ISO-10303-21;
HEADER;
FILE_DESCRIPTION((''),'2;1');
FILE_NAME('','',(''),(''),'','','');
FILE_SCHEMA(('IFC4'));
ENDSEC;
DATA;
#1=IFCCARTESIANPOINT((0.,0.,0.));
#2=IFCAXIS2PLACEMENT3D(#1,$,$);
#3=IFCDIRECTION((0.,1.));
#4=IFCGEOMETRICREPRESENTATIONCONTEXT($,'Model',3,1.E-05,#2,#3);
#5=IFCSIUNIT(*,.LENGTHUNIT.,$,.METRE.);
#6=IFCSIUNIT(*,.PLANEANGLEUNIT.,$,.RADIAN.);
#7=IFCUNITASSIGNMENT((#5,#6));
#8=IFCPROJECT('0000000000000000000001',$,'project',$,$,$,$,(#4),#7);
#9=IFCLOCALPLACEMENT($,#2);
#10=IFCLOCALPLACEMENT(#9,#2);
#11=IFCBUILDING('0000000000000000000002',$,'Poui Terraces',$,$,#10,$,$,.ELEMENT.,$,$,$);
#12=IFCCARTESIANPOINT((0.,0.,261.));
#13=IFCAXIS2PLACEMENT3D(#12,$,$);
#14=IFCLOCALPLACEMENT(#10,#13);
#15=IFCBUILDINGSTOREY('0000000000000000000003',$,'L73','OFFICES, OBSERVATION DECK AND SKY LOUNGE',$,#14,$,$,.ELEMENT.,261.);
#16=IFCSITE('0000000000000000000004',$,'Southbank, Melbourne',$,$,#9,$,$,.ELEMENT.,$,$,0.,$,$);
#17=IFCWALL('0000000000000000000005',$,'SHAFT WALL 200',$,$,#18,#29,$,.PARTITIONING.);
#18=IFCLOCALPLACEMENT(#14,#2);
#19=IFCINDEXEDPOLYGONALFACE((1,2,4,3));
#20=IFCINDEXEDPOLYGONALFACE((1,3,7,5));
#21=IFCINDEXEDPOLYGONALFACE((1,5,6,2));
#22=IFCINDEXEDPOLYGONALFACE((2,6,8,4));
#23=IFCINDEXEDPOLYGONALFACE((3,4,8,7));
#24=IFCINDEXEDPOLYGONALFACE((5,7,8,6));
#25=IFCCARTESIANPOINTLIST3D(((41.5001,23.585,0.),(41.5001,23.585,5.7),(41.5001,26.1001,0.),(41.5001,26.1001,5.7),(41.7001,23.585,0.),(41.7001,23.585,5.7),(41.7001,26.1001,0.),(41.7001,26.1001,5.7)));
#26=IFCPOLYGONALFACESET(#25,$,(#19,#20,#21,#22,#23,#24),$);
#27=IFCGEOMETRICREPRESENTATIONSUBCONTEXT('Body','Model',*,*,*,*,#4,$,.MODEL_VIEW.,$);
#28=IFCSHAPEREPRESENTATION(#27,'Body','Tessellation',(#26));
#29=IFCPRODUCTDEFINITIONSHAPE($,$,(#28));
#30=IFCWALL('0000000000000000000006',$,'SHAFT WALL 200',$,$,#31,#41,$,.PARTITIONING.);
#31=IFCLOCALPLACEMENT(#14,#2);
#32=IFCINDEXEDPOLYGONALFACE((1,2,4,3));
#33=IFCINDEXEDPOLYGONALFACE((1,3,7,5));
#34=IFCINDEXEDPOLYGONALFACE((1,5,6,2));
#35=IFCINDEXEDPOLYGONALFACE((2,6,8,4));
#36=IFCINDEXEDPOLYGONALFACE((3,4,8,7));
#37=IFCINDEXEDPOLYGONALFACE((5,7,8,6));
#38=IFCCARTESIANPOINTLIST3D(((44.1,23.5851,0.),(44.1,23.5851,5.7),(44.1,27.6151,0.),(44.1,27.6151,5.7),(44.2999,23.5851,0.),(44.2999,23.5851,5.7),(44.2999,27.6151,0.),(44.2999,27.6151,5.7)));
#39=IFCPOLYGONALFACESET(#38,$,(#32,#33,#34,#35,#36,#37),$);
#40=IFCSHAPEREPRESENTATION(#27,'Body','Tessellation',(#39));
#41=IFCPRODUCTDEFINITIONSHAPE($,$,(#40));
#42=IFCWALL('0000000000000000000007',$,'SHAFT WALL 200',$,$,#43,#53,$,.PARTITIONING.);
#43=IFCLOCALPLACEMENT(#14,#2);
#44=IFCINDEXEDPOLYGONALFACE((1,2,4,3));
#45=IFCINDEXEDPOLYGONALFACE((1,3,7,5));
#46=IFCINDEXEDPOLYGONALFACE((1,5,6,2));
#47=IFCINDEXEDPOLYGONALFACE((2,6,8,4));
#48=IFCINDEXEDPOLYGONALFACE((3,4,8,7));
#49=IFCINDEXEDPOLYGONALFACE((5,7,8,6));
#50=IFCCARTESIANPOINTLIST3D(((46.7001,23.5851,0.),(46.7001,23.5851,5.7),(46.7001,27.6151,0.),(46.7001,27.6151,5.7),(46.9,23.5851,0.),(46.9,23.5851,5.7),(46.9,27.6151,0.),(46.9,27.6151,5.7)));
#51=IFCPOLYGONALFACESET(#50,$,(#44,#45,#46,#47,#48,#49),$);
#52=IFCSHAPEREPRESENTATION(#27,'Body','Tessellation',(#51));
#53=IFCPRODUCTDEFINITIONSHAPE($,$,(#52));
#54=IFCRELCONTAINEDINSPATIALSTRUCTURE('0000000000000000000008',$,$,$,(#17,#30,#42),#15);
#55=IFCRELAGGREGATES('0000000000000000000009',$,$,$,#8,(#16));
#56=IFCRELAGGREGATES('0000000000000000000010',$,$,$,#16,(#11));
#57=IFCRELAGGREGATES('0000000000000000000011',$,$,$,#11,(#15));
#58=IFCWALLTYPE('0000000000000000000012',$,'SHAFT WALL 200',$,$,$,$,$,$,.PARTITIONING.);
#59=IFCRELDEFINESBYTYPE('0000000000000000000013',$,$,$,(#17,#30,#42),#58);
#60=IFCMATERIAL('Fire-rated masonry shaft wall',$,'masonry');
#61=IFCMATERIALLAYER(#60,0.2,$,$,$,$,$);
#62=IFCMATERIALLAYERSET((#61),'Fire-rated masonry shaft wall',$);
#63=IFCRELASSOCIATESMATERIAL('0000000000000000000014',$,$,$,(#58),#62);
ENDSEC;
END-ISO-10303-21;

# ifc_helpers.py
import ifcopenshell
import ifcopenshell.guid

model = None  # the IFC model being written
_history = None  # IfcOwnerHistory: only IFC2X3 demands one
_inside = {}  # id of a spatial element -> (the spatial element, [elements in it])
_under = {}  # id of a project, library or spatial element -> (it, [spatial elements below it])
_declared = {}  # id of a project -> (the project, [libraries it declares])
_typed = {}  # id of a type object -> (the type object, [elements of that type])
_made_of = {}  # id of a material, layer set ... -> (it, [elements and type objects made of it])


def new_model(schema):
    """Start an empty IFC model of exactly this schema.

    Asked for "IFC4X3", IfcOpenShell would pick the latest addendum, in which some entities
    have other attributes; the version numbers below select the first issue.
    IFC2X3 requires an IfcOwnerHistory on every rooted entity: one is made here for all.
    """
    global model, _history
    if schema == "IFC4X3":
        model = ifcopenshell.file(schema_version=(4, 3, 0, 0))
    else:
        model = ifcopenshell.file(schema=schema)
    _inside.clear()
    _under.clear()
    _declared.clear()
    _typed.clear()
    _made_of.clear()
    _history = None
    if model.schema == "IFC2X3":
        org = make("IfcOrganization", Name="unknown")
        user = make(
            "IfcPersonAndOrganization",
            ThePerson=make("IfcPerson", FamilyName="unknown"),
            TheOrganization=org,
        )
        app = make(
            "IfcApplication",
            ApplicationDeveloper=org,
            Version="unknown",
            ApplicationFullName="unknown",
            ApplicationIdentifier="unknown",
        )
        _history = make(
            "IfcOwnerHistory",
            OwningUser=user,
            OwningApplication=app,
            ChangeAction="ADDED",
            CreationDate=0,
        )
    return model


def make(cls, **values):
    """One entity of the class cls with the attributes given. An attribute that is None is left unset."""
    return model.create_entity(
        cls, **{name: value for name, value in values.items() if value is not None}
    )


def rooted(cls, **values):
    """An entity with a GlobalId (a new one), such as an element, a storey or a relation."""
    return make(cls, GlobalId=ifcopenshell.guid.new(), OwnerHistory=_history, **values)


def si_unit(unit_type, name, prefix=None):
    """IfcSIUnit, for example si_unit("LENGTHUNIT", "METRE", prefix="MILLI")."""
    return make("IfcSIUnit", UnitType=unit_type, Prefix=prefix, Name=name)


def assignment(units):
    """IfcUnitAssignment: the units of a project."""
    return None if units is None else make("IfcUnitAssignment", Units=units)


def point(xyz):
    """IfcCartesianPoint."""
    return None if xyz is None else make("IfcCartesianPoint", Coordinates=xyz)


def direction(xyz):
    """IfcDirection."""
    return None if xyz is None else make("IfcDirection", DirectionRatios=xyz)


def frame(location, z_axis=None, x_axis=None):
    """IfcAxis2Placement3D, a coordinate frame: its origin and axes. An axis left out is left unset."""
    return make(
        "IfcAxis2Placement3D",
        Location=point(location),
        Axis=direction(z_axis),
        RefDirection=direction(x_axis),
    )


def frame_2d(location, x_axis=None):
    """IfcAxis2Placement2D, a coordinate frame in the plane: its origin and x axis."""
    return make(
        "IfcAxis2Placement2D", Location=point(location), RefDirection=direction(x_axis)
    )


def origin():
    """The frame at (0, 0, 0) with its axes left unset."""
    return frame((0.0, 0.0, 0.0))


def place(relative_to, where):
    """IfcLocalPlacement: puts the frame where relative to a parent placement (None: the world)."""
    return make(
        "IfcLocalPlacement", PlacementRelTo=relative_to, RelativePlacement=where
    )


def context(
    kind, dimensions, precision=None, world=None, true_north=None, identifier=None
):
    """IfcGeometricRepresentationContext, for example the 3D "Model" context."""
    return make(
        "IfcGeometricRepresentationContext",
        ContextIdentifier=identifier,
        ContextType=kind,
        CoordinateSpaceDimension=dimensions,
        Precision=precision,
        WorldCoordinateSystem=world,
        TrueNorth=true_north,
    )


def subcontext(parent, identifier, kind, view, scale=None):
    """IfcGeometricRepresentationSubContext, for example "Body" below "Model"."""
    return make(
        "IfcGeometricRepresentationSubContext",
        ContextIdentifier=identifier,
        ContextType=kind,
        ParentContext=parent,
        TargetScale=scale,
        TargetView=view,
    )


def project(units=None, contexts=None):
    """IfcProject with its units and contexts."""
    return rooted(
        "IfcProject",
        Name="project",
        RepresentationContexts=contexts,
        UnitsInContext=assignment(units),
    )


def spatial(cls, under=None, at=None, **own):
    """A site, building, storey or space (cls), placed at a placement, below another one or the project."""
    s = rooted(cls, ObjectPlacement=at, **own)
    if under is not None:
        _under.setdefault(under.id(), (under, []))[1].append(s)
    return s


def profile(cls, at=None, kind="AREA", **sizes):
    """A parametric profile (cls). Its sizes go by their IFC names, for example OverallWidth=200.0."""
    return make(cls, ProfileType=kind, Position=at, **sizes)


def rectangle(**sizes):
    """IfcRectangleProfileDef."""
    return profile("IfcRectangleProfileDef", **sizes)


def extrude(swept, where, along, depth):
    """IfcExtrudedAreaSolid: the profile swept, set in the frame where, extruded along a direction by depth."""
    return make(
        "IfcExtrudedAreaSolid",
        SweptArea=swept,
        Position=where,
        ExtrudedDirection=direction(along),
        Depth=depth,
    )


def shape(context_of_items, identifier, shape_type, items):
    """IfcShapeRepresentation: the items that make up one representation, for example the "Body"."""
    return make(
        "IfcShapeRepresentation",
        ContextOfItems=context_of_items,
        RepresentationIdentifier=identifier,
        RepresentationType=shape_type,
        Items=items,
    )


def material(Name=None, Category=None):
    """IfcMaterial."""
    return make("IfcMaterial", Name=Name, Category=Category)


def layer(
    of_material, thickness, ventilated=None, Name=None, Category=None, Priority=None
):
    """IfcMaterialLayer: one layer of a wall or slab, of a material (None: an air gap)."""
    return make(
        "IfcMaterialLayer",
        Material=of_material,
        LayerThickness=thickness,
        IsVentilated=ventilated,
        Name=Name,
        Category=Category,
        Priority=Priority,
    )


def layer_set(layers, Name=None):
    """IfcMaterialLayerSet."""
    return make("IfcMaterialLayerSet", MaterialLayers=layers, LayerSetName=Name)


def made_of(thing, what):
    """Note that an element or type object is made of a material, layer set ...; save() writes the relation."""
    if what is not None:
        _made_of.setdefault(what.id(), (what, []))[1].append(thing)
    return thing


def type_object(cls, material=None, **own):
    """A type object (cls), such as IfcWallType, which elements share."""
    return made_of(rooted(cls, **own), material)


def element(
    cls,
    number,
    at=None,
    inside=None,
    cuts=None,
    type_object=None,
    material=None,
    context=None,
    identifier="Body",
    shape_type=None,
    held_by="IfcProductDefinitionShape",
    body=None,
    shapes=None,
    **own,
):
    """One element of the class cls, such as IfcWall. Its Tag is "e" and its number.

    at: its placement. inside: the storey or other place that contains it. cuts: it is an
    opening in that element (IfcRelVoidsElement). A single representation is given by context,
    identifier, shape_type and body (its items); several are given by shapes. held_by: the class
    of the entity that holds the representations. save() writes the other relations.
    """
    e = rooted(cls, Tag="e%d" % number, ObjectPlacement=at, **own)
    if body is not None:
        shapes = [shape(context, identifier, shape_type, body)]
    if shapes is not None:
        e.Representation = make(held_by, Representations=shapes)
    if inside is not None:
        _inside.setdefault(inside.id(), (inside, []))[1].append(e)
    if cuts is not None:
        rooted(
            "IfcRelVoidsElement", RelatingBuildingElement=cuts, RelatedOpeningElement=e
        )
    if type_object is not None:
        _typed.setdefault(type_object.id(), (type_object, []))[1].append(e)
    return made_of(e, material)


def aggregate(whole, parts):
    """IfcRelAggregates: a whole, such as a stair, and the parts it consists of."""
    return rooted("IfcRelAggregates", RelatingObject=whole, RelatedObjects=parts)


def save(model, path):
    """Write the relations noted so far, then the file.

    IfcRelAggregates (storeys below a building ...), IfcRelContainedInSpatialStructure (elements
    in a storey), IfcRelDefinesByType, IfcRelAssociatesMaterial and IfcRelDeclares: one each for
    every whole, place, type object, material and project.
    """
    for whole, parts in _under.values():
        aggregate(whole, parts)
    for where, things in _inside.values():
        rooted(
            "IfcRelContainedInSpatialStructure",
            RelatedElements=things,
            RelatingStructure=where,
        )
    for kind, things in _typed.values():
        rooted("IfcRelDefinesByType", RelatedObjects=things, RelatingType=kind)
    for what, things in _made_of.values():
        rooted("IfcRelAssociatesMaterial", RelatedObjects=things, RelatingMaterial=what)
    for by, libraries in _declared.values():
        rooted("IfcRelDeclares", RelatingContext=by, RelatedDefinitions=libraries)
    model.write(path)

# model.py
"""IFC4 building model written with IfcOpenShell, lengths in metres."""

from ifc_helpers import new_model, si_unit, direction, frame, frame_2d, origin, place, context, subcontext, project, spatial, rectangle, extrude, material, layer, layer_set, type_object, element, save


model = new_model("IFC4")

# Units and contexts
model_context = context("Model", 3, precision=1e-05, world=origin(), true_north=direction((0.0, 1.0)))
body_context = subcontext(model_context, "Body", "Model", "MODEL_VIEW")
ifc_project = project(units=[si_unit("LENGTHUNIT", "METRE"), si_unit("PLANEANGLEUNIT", "RADIAN")], contexts=[model_context])

# Site, building, storey
site_placement = place(None, origin())
site = spatial("IfcSite", under=ifc_project, at=site_placement, Name="Southbank, Melbourne", CompositionType="ELEMENT", RefElevation=0.0)
building_placement = place(site_placement, origin())
building = spatial("IfcBuilding", under=site, at=building_placement, Name="Poui Terraces", CompositionType="ELEMENT")
storey_placement = place(building_placement, frame((0.0, 0.0, 261.0)))
storey = spatial("IfcBuildingStorey", under=building, at=storey_placement, Name="L73", Description="OFFICES, OBSERVATION DECK AND SKY LOUNGE", CompositionType="ELEMENT", Elevation=261.0)

# Walls
ifc_material_1 = material(Name="Fire-rated masonry shaft wall", Category="masonry")
ifc_layer_1 = layer(ifc_material_1, 0.2)
ifc_layer_set_1 = layer_set([ifc_layer_1], Name="Fire-rated masonry shaft wall")
wall_type_1 = type_object("IfcWallType", Name="SHAFT WALL 200", PredefinedType="PARTITIONING", material=ifc_layer_set_1)
for number, where, z_axis, x_axis, name in (
    (1, (41.6001, 23.585, 0.0), (0.0, 0.0, 1.0), (0.0, 1.0, 0.0), "SHAFT WALL 200"),
):
    element("IfcWall", number, at=place(storey_placement, frame(where, z_axis=z_axis, x_axis=x_axis)), inside=storey, type_object=wall_type_1, Name=name, PredefinedType="PARTITIONING", context=body_context, shape_type="SweptSolid", body=[
        extrude(rectangle(XDim=2.5151, YDim=0.2, at=frame_2d((1.2576, 0.0))), origin(), (0.0, 0.0, 1.0), 5.7),
    ])
for number, where, z_axis, x_axis, name in (
    (2, (44.2, 23.585, 0.0), (0.0, 0.0, 1.0), (0.0, 1.0, 0.0), "SHAFT WALL 200"),
    (3, (46.8, 23.585, 0.0), (0.0, 0.0, 1.0), (0.0, 1.0, 0.0), "SHAFT WALL 200"),
):
    element("IfcWall", number, at=place(storey_placement, frame(where, z_axis=z_axis, x_axis=x_axis)), inside=storey, type_object=wall_type_1, Name=name, PredefinedType="PARTITIONING", context=body_context, shape_type="SweptSolid", body=[
        extrude(rectangle(XDim=4.03, YDim=0.2, at=frame_2d((2.0151, 0.0))), origin(), (0.0, 0.0, 1.0), 5.7),
    ])

save(model, "model.ifc")
